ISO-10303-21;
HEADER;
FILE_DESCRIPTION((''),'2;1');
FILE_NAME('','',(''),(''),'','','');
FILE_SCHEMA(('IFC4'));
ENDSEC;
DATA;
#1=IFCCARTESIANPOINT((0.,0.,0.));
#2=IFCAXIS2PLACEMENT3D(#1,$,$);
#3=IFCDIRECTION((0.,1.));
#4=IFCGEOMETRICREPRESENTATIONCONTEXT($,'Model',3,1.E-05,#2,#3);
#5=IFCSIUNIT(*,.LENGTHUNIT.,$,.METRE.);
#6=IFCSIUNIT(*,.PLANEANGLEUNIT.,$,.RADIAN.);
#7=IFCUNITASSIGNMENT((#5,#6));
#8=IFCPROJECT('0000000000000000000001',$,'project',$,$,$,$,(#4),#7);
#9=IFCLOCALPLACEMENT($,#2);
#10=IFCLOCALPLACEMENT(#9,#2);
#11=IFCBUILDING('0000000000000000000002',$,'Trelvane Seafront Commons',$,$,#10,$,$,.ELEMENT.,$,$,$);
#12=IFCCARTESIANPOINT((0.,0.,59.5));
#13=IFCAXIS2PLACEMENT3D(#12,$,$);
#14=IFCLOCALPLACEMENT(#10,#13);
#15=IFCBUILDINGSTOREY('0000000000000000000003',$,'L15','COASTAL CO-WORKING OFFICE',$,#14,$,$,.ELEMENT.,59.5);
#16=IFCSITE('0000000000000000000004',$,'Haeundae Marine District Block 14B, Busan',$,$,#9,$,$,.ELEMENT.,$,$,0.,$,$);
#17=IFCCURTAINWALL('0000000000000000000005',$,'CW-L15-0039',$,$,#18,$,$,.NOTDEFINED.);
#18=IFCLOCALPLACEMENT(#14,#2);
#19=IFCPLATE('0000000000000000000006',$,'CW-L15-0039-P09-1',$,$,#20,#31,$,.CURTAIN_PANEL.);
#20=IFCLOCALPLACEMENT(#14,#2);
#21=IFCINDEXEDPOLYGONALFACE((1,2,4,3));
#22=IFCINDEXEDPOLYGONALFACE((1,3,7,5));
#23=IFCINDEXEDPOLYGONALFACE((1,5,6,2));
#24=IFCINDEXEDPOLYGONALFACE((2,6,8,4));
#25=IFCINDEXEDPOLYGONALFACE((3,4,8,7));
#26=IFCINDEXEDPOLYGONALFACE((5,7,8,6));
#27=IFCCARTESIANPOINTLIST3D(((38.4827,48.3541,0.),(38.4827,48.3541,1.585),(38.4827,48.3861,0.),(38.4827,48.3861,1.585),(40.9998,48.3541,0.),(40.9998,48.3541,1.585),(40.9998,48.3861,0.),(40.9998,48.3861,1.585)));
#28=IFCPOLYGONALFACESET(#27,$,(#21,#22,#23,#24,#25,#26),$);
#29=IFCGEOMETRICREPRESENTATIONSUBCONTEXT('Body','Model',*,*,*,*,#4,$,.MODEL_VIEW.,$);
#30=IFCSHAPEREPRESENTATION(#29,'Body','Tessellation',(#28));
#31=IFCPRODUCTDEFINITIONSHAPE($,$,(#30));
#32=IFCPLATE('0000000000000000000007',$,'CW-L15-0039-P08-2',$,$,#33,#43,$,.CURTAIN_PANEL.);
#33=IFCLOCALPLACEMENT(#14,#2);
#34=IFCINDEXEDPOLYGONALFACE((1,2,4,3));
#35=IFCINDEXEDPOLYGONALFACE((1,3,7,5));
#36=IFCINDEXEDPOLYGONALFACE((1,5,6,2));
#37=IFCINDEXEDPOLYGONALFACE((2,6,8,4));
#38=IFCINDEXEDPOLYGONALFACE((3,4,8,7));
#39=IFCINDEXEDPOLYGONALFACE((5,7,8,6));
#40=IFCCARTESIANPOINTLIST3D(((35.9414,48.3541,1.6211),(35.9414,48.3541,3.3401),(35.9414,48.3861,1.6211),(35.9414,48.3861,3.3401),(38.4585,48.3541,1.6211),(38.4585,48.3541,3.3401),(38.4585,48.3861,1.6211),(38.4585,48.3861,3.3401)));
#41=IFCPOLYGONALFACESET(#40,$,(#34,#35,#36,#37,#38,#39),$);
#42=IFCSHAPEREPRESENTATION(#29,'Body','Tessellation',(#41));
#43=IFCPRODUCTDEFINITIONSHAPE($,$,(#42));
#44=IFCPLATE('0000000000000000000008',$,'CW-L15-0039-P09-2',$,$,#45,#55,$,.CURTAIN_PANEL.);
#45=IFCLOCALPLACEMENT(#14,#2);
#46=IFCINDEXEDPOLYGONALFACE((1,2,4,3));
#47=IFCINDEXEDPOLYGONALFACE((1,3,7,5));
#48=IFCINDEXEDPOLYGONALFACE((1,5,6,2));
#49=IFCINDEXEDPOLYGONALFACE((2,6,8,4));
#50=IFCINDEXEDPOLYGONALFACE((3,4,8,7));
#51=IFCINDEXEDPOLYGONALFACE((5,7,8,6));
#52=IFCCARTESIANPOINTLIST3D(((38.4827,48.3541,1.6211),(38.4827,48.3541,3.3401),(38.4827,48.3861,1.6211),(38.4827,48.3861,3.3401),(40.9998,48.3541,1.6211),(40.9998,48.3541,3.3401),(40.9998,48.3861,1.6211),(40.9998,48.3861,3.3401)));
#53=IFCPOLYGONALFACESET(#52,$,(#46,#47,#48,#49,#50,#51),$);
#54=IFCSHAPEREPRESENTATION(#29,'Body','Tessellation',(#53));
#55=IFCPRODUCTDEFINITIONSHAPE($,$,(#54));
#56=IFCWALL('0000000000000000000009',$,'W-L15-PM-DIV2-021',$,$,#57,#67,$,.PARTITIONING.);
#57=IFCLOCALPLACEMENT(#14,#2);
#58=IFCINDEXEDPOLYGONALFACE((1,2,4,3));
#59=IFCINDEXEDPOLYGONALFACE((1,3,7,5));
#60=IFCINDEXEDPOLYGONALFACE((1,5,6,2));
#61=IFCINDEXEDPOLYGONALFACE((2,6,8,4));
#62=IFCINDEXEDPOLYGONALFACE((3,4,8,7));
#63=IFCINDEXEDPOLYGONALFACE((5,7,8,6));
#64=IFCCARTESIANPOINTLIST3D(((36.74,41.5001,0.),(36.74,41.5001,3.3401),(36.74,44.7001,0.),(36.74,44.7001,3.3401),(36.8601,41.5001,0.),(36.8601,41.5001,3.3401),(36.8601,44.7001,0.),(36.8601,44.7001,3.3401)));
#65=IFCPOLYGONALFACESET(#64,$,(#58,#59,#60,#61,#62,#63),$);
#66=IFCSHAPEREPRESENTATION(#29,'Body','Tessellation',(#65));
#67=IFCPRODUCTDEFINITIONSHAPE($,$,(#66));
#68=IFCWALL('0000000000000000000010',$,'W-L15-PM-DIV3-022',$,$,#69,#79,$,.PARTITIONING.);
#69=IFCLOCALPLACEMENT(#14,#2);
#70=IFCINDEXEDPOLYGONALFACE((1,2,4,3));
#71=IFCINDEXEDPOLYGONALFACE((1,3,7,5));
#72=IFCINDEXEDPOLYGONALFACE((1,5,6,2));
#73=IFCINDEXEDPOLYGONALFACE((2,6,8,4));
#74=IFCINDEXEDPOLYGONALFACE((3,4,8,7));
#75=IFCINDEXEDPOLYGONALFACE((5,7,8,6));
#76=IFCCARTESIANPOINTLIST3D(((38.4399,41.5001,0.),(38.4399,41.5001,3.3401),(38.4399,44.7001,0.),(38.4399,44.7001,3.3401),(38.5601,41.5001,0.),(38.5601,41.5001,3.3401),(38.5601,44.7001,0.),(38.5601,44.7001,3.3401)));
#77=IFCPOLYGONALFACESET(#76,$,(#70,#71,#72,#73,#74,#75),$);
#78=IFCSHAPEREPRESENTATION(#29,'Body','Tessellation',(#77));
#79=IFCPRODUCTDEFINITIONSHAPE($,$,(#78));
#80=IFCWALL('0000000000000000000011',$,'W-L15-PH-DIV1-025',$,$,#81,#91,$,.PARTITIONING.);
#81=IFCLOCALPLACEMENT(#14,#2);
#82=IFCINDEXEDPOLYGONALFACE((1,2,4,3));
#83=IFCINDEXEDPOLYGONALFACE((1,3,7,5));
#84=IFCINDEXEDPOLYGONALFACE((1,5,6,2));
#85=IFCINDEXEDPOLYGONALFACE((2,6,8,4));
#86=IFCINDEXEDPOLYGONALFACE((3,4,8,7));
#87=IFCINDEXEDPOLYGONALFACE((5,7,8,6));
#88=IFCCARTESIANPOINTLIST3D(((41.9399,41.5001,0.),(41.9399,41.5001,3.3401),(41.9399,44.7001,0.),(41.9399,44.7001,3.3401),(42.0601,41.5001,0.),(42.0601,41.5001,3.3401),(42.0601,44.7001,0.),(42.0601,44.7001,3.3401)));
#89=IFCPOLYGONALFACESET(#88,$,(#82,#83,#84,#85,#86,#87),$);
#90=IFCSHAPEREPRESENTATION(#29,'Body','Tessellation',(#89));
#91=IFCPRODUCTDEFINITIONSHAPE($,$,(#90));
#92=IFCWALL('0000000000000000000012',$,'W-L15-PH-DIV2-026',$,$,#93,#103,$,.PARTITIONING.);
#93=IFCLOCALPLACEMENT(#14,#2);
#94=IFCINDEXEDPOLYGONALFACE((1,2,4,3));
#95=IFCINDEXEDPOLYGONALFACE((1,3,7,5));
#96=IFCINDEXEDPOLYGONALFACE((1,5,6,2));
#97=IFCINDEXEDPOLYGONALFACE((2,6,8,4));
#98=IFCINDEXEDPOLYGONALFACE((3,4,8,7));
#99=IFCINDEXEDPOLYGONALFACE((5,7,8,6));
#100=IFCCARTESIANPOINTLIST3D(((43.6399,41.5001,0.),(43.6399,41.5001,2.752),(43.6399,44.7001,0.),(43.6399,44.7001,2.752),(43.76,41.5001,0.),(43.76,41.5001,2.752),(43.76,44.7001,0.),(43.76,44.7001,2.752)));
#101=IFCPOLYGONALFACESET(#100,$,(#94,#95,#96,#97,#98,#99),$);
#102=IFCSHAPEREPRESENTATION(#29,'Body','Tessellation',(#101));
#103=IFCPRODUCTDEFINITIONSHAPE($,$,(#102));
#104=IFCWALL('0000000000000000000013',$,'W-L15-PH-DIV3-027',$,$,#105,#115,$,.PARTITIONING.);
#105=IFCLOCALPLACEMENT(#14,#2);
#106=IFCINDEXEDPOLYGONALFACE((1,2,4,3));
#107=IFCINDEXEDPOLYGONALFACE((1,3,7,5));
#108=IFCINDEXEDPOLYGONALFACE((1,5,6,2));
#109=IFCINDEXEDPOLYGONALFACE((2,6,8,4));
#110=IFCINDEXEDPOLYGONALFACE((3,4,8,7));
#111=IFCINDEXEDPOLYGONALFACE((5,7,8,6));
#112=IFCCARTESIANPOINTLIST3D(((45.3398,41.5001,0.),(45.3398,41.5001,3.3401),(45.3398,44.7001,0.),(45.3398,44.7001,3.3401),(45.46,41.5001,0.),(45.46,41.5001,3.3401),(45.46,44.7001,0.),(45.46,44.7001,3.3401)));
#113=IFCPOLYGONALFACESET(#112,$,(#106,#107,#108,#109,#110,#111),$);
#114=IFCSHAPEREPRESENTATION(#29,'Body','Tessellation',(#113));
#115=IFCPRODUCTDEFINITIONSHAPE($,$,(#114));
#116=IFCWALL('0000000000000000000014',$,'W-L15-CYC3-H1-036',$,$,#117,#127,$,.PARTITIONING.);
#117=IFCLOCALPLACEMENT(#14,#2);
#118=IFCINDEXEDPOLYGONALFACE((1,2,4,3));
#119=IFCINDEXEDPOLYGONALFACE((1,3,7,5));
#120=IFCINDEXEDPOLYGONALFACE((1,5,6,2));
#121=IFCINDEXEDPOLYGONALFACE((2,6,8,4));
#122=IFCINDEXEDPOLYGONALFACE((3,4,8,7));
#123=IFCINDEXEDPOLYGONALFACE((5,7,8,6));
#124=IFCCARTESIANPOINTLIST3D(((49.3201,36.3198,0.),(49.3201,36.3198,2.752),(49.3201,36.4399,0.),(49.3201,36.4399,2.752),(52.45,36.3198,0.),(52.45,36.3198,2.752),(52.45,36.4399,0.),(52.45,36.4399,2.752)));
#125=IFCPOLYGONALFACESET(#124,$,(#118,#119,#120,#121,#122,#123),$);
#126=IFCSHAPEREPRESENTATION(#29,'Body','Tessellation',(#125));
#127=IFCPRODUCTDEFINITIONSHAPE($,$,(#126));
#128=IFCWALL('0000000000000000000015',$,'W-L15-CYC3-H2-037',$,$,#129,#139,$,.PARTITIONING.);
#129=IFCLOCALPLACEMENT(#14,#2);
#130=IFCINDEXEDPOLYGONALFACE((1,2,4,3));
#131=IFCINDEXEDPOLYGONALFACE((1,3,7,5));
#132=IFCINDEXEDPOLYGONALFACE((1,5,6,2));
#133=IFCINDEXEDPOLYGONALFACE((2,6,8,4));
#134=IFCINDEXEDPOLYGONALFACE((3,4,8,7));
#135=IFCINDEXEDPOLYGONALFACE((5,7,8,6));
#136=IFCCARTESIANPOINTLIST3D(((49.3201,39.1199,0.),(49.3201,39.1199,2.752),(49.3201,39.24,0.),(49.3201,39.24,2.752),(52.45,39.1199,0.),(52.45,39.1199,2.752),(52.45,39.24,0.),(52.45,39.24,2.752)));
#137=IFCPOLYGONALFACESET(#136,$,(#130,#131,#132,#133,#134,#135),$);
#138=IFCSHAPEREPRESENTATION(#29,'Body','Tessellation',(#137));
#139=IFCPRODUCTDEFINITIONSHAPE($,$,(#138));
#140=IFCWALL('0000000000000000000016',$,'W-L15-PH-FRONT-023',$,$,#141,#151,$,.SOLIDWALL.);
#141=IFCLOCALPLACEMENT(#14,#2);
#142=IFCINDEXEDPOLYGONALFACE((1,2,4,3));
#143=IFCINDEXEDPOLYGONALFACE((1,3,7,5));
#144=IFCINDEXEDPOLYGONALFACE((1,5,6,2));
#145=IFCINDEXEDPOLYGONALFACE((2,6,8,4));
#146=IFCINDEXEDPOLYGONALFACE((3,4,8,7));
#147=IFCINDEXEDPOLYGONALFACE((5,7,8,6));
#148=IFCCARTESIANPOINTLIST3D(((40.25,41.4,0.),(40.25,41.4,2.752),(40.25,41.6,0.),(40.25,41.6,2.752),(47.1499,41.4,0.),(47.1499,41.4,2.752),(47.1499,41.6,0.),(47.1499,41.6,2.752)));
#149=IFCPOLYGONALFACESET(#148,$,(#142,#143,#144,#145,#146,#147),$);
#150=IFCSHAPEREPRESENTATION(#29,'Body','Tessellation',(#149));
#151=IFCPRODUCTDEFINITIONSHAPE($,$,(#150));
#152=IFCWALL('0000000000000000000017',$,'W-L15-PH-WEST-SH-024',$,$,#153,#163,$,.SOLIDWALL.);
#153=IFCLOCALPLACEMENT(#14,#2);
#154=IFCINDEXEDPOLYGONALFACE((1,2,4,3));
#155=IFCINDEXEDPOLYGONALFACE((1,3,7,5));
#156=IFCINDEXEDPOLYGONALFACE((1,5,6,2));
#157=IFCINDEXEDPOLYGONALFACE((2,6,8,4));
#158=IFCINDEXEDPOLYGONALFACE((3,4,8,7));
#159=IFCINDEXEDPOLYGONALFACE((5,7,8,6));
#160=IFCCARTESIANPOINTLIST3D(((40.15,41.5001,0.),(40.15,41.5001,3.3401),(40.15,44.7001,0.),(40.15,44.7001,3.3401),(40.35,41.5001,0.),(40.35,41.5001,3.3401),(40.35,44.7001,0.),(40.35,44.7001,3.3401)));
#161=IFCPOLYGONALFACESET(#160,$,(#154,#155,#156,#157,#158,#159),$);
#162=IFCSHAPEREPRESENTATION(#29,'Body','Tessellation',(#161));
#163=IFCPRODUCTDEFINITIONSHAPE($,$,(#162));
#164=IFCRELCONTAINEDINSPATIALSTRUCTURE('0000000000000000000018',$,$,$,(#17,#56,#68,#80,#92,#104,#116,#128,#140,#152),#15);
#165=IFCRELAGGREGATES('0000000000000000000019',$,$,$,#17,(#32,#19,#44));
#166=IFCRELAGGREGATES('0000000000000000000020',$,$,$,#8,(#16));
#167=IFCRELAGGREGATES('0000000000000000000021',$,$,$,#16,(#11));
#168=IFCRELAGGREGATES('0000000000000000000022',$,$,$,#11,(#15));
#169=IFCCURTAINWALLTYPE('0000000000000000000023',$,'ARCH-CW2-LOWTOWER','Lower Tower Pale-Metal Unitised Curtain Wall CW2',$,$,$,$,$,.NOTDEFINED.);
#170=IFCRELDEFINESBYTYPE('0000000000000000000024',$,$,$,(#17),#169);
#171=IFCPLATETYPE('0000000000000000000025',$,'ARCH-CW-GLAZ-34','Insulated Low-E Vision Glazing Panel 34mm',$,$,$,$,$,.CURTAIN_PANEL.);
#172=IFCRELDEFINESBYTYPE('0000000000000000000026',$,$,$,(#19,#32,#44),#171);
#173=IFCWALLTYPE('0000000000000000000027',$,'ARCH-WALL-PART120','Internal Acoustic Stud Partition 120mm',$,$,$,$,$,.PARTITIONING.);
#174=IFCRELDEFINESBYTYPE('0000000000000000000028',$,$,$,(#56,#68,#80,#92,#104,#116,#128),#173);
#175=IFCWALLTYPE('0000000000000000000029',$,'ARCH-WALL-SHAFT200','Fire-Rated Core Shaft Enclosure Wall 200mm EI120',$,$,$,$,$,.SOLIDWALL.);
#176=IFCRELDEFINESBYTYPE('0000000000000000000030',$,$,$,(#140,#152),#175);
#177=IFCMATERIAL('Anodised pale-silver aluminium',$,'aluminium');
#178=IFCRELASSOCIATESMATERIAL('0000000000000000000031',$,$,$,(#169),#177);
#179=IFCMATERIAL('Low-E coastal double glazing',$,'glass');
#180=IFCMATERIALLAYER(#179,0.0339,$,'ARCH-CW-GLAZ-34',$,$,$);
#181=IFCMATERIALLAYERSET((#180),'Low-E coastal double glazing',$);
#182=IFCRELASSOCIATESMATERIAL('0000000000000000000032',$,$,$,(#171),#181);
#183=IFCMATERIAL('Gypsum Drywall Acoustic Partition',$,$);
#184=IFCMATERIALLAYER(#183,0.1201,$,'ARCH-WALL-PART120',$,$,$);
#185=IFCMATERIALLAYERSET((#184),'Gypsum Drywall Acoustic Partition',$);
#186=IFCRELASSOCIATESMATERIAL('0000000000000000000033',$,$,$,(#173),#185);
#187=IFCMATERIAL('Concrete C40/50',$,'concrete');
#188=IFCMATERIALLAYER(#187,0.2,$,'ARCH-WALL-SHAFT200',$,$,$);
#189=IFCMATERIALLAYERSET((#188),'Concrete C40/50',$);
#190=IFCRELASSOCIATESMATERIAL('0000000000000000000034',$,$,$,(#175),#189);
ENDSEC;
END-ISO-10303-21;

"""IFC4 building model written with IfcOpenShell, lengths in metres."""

from ifc_helpers import new_model, si_unit, direction, frame, frame_2d, origin, origin_2d, place, context, subcontext, project, spatial, rectangle, extrude, source, transform, mapped, material, layer, layer_set, type_object, element, aggregate, save


model = new_model("IFC4")

# Units and contexts
model_context = context("Model", 3, precision=1e-05, world=origin(), true_north=direction((0.0, 1.0)))
body_context = subcontext(model_context, "Body", "Model", "MODEL_VIEW")
ifc_project = project(units=[si_unit("LENGTHUNIT", "METRE"), si_unit("PLANEANGLEUNIT", "RADIAN")], contexts=[model_context])

# Site, building, storey
site_placement = place(None, origin())
site = spatial("IfcSite", under=ifc_project, at=site_placement, Name="Haeundae Marine District Block 14B, Busan", CompositionType="ELEMENT", RefElevation=0.0)
building_placement = place(site_placement, origin())
building = spatial("IfcBuilding", under=site, at=building_placement, Name="Trelvane Seafront Commons", CompositionType="ELEMENT")
storey_placement = place(building_placement, frame((0.0, 0.0, 59.5)))
storey = spatial("IfcBuildingStorey", under=building, at=storey_placement, Name="L15", Description="COASTAL CO-WORKING OFFICE", CompositionType="ELEMENT", Elevation=59.5)

# Curtain wall, plates
ifc_material_1 = material(Name="Anodised pale-silver aluminium", Category="aluminium")
curtain_wall_type = type_object("IfcCurtainWallType", Name="ARCH-CW2-LOWTOWER", Description="Lower Tower Pale-Metal Unitised Curtain Wall CW2", PredefinedType="NOTDEFINED", material=ifc_material_1)
curtain_wall_placement = place(storey_placement, origin())
curtain_wall = element("IfcCurtainWall", 1, at=curtain_wall_placement, inside=storey, type_object=curtain_wall_type, Name="CW-L15-0039", PredefinedType="NOTDEFINED")
ifc_material_2 = material(Name="Low-E coastal double glazing", Category="glass")
ifc_layer_1 = layer(ifc_material_2, 0.0339, Name="ARCH-CW-GLAZ-34")
ifc_layer_set_1 = layer_set([ifc_layer_1], Name="Low-E coastal double glazing")
plate_type = type_object("IfcPlateType", Name="ARCH-CW-GLAZ-34", Description="Insulated Low-E Vision Glazing Panel 34mm", PredefinedType="CURTAIN_PANEL", material=ifc_layer_set_1)
shared_shape_1 = source(origin(), body_context, "Body", "SweptSolid", [
    extrude(rectangle(XDim=2.5171, YDim=0.032, at=origin_2d()), origin(), (0.0, 0.0, 1.0), 1.585),
])
plate_1_placement = place(storey_placement, frame((39.7412, 48.3701, 0.0), z_axis=(0.0, 0.0, 1.0), x_axis=(1.0, 0.0, 0.0)))
plate_1 = element("IfcPlate", 2, at=plate_1_placement, type_object=plate_type, Name="CW-L15-0039-P09-1", PredefinedType="CURTAIN_PANEL", context=body_context, shape_type="MappedRepresentation", body=[
    mapped(shared_shape_1, transform((0.0, 0.0, 0.0), x_axis=(1.0, 0.0, 0.0), y_axis=(0.0, 1.0, 0.0), z_axis=(0.0, 0.0, 1.0), scale=1.0)),
])
shared_shape_2 = source(origin(), body_context, "Body", "SweptSolid", [
    extrude(rectangle(XDim=2.5171, YDim=0.032, at=origin_2d()), origin(), (0.0, 0.0, 1.0), 1.719),
])
plate_2_placement = place(storey_placement, frame((37.2, 48.3701, 1.6211), z_axis=(0.0, 0.0, 1.0), x_axis=(1.0, 0.0, 0.0)))
plate_2 = element("IfcPlate", 3, at=plate_2_placement, type_object=plate_type, Name="CW-L15-0039-P08-2", PredefinedType="CURTAIN_PANEL", context=body_context, shape_type="MappedRepresentation", body=[
    mapped(shared_shape_2, transform((0.0, 0.0, 0.0), x_axis=(1.0, 0.0, 0.0), y_axis=(0.0, 1.0, 0.0), z_axis=(0.0, 0.0, 1.0), scale=1.0)),
])
plate_3_placement = place(storey_placement, frame((39.7412, 48.3701, 1.6211), z_axis=(0.0, 0.0, 1.0), x_axis=(1.0, 0.0, 0.0)))
plate_3 = element("IfcPlate", 4, at=plate_3_placement, type_object=plate_type, Name="CW-L15-0039-P09-2", PredefinedType="CURTAIN_PANEL", context=body_context, shape_type="MappedRepresentation", body=[
    mapped(shared_shape_2, transform((0.0, 0.0, 0.0), x_axis=(1.0, 0.0, 0.0), y_axis=(0.0, 1.0, 0.0), z_axis=(0.0, 0.0, 1.0), scale=1.0)),
])
aggregate(curtain_wall, [plate_2, plate_1, plate_3])

# Walls
ifc_material_3 = material(Name="Gypsum Drywall Acoustic Partition")
ifc_layer_2 = layer(ifc_material_3, 0.1201, Name="ARCH-WALL-PART120")
ifc_layer_set_2 = layer_set([ifc_layer_2], Name="Gypsum Drywall Acoustic Partition")
wall_type_1 = type_object("IfcWallType", Name="ARCH-WALL-PART120", Description="Internal Acoustic Stud Partition 120mm", PredefinedType="PARTITIONING", material=ifc_layer_set_2)
for number, where, z_axis, x_axis, name in (
    (5, (36.8, 41.5, 0.0), (0.0, 0.0, 1.0), (0.0, 1.0, 0.0), "W-L15-PM-DIV2-021"),
    (6, (38.5, 41.5, 0.0), (0.0, 0.0, 1.0), (0.0, 1.0, 0.0), "W-L15-PM-DIV3-022"),
    (7, (42.0, 41.5, 0.0), (0.0, 0.0, 1.0), (0.0, 1.0, 0.0), "W-L15-PH-DIV1-025"),
):
    element("IfcWall", number, at=place(storey_placement, frame(where, z_axis=z_axis, x_axis=x_axis)), inside=storey, type_object=wall_type_1, Name=name, PredefinedType="PARTITIONING", context=body_context, shape_type="SweptSolid", body=[
        extrude(rectangle(XDim=3.2, YDim=0.1201, at=frame_2d((1.6001, 0.0))), origin(), (0.0, 0.0, 1.0), 3.3401),
    ])
wall_1_placement = place(storey_placement, frame((43.7, 41.5, 0.0), z_axis=(0.0, 0.0, 1.0), x_axis=(0.0, 1.0, 0.0)))
element("IfcWall", 8, at=wall_1_placement, inside=storey, type_object=wall_type_1, Name="W-L15-PH-DIV2-026", PredefinedType="PARTITIONING", context=body_context, shape_type="SweptSolid", body=[
    extrude(rectangle(XDim=3.2, YDim=0.1201, at=frame_2d((1.6001, 0.0))), origin(), (0.0, 0.0, 1.0), 2.752),
])
wall_2_placement = place(storey_placement, frame((45.3999, 41.5, 0.0), z_axis=(0.0, 0.0, 1.0), x_axis=(0.0, 1.0, 0.0)))
element("IfcWall", 9, at=wall_2_placement, inside=storey, type_object=wall_type_1, Name="W-L15-PH-DIV3-027", PredefinedType="PARTITIONING", context=body_context, shape_type="SweptSolid", body=[
    extrude(rectangle(XDim=3.2, YDim=0.1201, at=frame_2d((1.6001, 0.0))), origin(), (0.0, 0.0, 1.0), 3.3401),
])
for number, where, z_axis, x_axis, name in (
    (10, (49.3201, 36.3799, 0.0), (0.0, 0.0, 1.0), (1.0, 0.0, 0.0), "W-L15-CYC3-H1-036"),
    (11, (49.3201, 39.1799, 0.0), (0.0, 0.0, 1.0), (1.0, 0.0, 0.0), "W-L15-CYC3-H2-037"),
):
    element("IfcWall", number, at=place(storey_placement, frame(where, z_axis=z_axis, x_axis=x_axis)), inside=storey, type_object=wall_type_1, Name=name, PredefinedType="PARTITIONING", context=body_context, shape_type="SweptSolid", body=[
        extrude(rectangle(XDim=3.1299, YDim=0.1201, at=frame_2d((1.5649, 0.0))), origin(), (0.0, 0.0, 1.0), 2.752),
    ])

# Walls
ifc_material_4 = material(Name="Concrete C40/50", Category="concrete")
ifc_layer_3 = layer(ifc_material_4, 0.2, Name="ARCH-WALL-SHAFT200")
ifc_layer_set_3 = layer_set([ifc_layer_3], Name="Concrete C40/50")
wall_type_2 = type_object("IfcWallType", Name="ARCH-WALL-SHAFT200", Description="Fire-Rated Core Shaft Enclosure Wall 200mm EI120", PredefinedType="SOLIDWALL", material=ifc_layer_set_3)
wall_3_placement = place(storey_placement, frame((40.25, 41.5, 0.0), z_axis=(0.0, 0.0, 1.0), x_axis=(1.0, 0.0, 0.0)))
element("IfcWall", 12, at=wall_3_placement, inside=storey, type_object=wall_type_2, Name="W-L15-PH-FRONT-023", PredefinedType="SOLIDWALL", context=body_context, shape_type="SweptSolid", body=[
    extrude(rectangle(XDim=6.8999, YDim=0.2, at=frame_2d((3.45, 0.0))), origin(), (0.0, 0.0, 1.0), 2.752),
])
wall_4_placement = place(storey_placement, frame((40.25, 41.5, 0.0), z_axis=(0.0, 0.0, 1.0), x_axis=(0.0, 1.0, 0.0)))
element("IfcWall", 13, at=wall_4_placement, inside=storey, type_object=wall_type_2, Name="W-L15-PH-WEST-SH-024", PredefinedType="SOLIDWALL", context=body_context, shape_type="SweptSolid", body=[
    extrude(rectangle(XDim=3.2, YDim=0.2, at=frame_2d((1.6001, 0.0))), origin(), (0.0, 0.0, 1.0), 3.3401),
])

save(model, "model.ifc")
